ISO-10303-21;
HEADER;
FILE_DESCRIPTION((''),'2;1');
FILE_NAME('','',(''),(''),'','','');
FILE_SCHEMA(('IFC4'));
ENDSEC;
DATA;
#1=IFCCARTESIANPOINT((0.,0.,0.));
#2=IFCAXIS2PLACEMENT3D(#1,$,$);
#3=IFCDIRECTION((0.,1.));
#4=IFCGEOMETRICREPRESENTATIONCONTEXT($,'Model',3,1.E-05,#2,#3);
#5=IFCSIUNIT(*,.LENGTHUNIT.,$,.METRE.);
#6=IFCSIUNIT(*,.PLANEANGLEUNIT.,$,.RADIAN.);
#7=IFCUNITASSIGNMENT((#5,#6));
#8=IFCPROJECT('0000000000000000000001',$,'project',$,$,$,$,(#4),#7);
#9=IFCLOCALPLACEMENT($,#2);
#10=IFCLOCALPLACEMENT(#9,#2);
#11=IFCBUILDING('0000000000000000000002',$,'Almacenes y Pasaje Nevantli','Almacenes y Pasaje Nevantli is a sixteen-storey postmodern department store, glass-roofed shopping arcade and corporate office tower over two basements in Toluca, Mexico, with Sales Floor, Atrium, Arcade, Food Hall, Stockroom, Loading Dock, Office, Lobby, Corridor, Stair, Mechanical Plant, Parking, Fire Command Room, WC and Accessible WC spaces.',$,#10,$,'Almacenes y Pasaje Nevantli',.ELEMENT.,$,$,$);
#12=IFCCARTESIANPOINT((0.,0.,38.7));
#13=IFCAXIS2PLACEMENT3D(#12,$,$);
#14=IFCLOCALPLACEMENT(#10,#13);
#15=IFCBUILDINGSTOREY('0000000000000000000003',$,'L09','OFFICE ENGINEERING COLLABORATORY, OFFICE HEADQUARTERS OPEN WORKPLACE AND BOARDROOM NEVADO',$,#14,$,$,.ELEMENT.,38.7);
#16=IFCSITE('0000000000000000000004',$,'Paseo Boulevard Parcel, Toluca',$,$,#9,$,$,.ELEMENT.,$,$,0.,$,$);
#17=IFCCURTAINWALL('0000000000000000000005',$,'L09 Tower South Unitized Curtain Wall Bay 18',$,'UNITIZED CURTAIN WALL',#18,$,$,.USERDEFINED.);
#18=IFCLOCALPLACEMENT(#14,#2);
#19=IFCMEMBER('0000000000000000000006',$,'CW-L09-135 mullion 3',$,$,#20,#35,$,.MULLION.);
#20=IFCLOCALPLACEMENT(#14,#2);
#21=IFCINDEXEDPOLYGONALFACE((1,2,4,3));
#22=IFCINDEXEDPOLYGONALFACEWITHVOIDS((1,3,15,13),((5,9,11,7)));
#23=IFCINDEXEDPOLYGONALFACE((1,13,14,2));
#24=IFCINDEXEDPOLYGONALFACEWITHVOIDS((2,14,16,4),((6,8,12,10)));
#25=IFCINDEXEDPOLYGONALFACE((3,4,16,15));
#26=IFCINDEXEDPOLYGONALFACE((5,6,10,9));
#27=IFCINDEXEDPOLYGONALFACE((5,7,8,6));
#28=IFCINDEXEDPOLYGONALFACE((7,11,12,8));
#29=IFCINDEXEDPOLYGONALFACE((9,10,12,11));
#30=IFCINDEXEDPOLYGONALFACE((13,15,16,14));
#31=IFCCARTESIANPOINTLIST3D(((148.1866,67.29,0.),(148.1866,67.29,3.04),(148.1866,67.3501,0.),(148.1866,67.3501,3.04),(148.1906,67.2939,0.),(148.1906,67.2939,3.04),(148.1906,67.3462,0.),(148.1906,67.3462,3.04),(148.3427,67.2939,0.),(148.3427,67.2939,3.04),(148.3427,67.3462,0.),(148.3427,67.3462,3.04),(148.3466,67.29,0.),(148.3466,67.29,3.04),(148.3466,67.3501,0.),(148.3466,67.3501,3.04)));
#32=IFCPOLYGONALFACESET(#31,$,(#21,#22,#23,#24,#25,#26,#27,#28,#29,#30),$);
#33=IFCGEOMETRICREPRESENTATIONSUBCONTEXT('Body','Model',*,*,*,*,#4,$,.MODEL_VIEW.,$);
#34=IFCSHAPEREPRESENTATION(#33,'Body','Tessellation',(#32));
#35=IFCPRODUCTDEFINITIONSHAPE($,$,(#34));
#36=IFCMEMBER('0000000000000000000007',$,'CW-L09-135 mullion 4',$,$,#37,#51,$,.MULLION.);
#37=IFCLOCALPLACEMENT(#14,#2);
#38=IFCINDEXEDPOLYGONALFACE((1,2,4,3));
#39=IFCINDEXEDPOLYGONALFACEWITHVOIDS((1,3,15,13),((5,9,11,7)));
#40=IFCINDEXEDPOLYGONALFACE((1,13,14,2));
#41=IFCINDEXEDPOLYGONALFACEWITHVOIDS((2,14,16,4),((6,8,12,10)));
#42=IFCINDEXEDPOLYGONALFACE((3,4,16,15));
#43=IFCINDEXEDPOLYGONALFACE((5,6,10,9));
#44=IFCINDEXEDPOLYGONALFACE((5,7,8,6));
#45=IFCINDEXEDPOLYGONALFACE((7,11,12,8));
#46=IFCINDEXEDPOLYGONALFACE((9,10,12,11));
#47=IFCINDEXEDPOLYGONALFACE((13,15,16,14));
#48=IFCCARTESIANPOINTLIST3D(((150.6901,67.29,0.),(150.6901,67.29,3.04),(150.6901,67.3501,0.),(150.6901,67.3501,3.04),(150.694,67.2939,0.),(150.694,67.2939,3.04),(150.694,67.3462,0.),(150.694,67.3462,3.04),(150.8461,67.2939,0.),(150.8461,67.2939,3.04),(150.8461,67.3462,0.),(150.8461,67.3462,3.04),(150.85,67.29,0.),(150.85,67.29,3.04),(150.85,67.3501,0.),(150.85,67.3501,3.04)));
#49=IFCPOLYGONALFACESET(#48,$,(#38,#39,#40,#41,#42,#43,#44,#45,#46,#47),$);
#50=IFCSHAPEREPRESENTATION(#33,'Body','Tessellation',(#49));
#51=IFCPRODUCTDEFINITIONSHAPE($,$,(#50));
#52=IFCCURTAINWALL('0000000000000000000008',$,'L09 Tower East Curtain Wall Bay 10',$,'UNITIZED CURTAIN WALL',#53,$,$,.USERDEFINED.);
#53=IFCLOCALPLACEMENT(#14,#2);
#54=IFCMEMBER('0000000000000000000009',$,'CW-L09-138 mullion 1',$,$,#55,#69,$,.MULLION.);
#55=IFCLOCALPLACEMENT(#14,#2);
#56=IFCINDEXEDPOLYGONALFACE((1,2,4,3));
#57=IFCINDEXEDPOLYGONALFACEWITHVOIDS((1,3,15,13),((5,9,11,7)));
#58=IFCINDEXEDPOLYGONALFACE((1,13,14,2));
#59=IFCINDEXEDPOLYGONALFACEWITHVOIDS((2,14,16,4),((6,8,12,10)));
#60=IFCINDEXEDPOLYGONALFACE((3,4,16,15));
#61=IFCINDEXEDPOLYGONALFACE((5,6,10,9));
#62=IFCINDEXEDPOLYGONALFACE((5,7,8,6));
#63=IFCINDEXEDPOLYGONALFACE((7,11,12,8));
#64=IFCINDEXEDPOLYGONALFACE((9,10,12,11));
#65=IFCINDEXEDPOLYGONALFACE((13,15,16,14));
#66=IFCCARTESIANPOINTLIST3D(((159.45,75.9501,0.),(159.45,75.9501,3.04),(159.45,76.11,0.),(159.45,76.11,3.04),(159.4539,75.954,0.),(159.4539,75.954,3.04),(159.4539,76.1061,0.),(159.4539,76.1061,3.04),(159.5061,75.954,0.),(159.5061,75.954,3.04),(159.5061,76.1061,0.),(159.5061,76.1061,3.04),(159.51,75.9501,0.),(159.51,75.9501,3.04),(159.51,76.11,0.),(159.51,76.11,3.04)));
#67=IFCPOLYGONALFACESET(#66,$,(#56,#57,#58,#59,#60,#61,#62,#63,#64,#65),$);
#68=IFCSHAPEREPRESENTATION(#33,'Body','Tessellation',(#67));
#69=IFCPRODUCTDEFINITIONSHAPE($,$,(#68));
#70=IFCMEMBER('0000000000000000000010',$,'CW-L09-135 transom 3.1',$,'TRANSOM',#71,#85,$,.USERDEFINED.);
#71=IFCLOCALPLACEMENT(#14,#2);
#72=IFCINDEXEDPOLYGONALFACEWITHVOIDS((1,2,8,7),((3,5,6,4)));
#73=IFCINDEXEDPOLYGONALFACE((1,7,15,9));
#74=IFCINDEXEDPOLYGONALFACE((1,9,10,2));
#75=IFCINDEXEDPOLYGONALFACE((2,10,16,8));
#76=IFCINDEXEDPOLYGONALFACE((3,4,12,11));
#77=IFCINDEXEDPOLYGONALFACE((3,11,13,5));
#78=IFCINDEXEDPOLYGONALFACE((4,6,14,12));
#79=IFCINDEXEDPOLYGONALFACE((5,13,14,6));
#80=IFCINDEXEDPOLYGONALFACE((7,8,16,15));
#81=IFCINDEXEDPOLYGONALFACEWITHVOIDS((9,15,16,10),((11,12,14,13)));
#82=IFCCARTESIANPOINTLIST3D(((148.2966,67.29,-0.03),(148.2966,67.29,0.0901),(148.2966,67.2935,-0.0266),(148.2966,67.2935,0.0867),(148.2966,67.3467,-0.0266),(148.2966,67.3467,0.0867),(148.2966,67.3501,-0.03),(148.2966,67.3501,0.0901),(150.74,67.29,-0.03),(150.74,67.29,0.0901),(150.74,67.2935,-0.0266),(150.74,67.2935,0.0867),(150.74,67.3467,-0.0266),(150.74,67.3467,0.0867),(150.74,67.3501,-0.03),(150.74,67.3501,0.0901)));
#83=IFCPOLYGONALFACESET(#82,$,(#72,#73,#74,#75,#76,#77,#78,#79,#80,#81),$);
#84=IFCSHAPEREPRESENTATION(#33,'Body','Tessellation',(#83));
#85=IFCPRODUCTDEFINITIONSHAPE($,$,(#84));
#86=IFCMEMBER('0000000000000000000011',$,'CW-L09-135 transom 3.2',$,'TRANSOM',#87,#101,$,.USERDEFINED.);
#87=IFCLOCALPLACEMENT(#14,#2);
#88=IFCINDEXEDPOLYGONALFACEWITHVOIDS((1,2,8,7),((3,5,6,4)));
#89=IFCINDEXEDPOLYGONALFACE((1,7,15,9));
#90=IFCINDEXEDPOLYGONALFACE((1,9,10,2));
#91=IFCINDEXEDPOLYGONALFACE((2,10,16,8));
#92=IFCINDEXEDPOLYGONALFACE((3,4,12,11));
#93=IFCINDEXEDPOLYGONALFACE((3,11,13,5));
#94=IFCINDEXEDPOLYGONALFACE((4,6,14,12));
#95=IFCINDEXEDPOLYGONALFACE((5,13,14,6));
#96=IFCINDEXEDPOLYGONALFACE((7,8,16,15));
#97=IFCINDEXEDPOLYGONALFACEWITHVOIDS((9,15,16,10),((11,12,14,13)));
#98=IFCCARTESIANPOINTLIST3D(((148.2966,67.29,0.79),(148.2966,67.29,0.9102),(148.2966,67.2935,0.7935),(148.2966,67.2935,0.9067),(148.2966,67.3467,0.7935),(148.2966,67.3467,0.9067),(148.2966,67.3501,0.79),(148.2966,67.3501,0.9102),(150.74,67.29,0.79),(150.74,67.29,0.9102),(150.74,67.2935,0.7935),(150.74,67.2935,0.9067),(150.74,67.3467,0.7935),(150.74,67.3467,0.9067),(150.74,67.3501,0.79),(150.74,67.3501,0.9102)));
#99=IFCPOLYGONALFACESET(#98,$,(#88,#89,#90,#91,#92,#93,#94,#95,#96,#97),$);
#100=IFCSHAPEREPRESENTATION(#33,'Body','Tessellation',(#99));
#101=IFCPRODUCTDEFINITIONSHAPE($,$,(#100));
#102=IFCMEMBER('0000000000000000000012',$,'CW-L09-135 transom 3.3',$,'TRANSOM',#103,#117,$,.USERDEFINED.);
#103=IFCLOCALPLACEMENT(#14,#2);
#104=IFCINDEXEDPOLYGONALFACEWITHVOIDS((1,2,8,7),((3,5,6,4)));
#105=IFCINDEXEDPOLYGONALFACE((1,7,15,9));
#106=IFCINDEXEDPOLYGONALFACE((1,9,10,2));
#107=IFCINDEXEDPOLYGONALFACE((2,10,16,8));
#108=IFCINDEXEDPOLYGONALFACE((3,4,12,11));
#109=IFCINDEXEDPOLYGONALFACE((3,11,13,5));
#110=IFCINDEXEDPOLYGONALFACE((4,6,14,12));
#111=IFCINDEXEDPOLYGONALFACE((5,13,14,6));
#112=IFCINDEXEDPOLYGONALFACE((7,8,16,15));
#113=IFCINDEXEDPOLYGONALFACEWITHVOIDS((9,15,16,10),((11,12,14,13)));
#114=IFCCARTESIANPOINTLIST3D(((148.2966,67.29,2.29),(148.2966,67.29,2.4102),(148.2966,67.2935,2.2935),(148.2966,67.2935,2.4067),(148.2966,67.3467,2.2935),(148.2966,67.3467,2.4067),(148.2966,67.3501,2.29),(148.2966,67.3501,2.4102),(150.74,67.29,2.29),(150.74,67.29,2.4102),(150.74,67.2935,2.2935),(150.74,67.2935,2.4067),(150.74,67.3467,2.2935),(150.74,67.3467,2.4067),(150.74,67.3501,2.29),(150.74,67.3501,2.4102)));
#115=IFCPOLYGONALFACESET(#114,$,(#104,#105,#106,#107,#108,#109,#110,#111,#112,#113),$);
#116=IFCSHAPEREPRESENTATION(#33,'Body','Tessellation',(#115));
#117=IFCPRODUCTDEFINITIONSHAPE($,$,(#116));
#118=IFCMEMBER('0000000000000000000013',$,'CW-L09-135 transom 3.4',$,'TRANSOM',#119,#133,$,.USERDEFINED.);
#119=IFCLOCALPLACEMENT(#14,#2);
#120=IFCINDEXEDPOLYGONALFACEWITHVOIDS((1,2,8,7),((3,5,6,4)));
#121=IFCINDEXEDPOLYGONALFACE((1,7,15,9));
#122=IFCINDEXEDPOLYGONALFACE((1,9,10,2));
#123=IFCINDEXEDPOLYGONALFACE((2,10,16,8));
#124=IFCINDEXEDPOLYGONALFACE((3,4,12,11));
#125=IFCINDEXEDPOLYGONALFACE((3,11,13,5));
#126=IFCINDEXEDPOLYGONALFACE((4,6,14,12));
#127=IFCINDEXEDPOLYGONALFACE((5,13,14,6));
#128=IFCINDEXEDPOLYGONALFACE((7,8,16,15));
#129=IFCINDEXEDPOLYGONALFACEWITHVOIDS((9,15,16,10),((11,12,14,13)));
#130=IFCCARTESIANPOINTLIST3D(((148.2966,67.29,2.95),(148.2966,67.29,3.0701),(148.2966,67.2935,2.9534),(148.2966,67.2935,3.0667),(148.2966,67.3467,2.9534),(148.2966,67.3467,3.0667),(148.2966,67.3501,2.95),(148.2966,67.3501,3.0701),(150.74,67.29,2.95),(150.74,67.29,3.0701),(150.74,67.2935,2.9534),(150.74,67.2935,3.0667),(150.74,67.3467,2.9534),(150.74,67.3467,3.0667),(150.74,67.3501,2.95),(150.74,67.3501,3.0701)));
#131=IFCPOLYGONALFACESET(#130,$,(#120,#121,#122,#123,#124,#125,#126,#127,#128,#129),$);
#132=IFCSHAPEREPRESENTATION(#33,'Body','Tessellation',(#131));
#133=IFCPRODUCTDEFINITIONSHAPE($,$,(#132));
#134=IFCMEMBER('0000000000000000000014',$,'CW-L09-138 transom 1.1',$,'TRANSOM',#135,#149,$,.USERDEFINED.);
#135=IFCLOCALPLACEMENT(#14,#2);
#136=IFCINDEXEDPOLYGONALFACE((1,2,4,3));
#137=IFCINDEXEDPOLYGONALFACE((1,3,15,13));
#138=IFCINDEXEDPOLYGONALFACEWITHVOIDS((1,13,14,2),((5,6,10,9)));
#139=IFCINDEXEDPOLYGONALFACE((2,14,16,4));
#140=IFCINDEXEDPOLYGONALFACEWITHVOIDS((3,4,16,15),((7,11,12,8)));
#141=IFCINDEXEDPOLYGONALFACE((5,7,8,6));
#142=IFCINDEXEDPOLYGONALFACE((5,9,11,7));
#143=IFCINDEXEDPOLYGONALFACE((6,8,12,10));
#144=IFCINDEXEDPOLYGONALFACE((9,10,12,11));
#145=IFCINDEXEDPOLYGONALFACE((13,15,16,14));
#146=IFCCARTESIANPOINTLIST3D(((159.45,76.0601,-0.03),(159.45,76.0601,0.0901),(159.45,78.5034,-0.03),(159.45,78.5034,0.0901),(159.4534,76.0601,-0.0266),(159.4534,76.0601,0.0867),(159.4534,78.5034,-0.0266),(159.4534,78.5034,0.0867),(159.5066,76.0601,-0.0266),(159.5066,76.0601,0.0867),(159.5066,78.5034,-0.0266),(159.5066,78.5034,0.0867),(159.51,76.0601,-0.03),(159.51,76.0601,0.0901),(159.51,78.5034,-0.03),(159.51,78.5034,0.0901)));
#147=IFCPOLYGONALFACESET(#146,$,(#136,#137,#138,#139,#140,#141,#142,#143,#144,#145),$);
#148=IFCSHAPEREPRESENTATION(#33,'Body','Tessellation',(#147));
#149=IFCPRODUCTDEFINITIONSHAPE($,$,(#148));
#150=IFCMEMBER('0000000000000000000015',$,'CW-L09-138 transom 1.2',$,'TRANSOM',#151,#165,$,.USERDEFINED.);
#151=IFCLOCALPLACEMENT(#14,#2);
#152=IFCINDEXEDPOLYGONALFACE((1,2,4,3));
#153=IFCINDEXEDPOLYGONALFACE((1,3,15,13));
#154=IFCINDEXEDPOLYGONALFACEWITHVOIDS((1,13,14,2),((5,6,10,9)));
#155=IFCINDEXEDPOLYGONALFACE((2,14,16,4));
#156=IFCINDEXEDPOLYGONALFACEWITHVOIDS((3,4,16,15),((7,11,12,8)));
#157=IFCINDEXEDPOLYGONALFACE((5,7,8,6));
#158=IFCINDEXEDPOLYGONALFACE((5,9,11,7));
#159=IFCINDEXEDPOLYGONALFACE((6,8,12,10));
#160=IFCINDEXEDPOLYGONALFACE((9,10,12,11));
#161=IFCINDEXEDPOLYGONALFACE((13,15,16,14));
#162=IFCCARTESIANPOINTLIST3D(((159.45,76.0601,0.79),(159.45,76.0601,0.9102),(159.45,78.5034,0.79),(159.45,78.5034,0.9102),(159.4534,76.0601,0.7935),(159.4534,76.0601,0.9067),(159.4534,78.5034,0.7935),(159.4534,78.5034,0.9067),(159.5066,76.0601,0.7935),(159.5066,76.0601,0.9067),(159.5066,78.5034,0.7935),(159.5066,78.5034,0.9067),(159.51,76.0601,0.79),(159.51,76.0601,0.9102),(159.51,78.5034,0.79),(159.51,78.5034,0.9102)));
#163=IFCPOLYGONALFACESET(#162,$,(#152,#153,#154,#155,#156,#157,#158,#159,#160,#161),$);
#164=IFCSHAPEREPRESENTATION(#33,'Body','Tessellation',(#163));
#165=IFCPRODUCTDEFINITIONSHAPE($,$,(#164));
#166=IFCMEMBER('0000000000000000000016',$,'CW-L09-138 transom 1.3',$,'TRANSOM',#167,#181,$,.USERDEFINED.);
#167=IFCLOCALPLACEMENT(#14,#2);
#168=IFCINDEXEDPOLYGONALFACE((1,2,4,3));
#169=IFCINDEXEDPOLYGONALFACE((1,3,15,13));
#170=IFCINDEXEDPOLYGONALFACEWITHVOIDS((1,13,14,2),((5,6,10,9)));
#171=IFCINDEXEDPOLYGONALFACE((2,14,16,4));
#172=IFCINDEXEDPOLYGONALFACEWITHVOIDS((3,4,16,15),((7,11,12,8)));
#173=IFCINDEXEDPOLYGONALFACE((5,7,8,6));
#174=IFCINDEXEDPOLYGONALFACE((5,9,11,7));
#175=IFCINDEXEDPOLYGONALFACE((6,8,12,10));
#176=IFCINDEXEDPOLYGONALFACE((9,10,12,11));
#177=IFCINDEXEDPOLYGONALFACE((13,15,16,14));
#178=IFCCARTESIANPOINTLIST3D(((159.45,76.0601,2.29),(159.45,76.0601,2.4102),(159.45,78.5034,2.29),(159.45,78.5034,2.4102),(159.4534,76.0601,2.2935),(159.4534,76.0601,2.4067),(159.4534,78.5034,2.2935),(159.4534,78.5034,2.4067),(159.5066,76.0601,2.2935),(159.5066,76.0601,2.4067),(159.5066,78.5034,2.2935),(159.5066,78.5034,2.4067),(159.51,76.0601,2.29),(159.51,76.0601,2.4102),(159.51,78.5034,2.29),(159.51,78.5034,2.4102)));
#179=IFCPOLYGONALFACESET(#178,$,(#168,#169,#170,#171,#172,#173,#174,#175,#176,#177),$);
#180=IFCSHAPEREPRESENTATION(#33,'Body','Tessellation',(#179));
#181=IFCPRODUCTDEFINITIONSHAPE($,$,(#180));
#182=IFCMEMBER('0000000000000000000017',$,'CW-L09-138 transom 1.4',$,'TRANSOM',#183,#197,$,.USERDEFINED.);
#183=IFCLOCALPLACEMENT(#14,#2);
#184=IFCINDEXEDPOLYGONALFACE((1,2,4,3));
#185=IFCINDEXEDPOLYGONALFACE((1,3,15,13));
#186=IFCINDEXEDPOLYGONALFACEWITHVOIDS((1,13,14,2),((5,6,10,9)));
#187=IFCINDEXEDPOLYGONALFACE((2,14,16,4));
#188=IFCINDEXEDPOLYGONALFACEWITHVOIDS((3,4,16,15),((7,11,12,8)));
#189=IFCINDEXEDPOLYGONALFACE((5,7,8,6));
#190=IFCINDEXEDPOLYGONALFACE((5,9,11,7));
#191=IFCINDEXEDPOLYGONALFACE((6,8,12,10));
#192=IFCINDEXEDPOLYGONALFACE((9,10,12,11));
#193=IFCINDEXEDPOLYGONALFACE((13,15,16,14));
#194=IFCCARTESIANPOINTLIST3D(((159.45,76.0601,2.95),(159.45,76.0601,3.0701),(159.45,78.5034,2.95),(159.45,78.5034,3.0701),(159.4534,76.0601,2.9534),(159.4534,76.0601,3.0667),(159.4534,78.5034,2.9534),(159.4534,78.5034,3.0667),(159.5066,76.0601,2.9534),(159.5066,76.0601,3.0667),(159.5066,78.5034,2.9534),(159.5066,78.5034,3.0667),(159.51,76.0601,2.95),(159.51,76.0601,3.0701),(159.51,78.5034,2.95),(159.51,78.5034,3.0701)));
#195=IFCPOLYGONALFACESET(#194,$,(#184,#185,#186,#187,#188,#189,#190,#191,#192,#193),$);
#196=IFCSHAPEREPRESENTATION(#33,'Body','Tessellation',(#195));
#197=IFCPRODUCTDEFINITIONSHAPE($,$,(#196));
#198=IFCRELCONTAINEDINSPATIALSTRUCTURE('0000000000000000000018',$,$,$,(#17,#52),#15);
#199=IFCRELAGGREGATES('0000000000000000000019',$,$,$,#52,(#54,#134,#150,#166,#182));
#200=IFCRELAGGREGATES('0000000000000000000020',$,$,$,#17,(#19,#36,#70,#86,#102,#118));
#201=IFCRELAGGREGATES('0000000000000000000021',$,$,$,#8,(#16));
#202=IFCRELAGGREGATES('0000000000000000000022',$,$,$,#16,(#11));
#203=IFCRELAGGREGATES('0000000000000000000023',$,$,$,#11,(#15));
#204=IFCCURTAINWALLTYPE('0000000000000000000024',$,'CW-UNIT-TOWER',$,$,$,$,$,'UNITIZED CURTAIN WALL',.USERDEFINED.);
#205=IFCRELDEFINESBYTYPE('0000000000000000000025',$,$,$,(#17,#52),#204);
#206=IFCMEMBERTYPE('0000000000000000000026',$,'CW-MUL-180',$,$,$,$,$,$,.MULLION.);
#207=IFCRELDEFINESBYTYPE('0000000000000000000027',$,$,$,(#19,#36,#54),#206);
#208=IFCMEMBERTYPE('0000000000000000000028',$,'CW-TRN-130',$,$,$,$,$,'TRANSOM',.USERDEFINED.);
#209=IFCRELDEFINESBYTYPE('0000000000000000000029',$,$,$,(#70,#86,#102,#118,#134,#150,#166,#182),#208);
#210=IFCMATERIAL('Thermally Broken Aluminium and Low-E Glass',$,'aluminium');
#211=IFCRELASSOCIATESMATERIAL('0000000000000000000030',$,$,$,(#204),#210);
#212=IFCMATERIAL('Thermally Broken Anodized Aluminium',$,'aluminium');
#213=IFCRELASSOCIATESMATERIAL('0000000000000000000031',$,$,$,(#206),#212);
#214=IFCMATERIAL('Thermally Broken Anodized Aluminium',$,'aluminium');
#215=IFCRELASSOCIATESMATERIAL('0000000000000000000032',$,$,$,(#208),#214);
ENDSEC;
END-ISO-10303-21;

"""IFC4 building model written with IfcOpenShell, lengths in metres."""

from ifc_helpers import new_model, si_unit, direction, frame, origin, origin_2d, place, context, subcontext, project, spatial, hollow_rectangle, extrude, material, material_profile, profile_set, type_object, element, aggregate, save


model = new_model("IFC4")

# Units and contexts
model_context = context("Model", 3, precision=1e-05, world=origin(), true_north=direction((0.0, 1.0)))
body_context = subcontext(model_context, "Body", "Model", "MODEL_VIEW")
ifc_project = project(units=[si_unit("LENGTHUNIT", "METRE"), si_unit("PLANEANGLEUNIT", "RADIAN")], contexts=[model_context])

# Site, building, storey
site_placement = place(None, origin())
site = spatial("IfcSite", under=ifc_project, at=site_placement, Name="Paseo Boulevard Parcel, Toluca", CompositionType="ELEMENT", RefElevation=0.0)
building_placement = place(site_placement, origin())
building = spatial("IfcBuilding", under=site, at=building_placement, Name="Almacenes y Pasaje Nevantli", Description="Almacenes y Pasaje Nevantli is a sixteen-storey postmodern department store, glass-roofed shopping arcade and corporate office tower over two basements in Toluca, Mexico, with Sales Floor, Atrium, Arcade, Food Hall, Stockroom, Loading Dock, Office, Lobby, Corridor, Stair, Mechanical Plant, Parking, Fire Command Room, WC and Accessible WC spaces.", LongName="Almacenes y Pasaje Nevantli", CompositionType="ELEMENT")
storey_placement = place(building_placement, frame((0.0, 0.0, 38.7)))
storey = spatial("IfcBuildingStorey", under=building, at=storey_placement, Name="L09", Description="OFFICE ENGINEERING COLLABORATORY, OFFICE HEADQUARTERS OPEN WORKPLACE AND BOARDROOM NEVADO", CompositionType="ELEMENT", Elevation=38.7)

# Curtain wall, members
ifc_material_1 = material(Name="Thermally Broken Aluminium and Low-E Glass", Category="aluminium")
curtain_wall_type = type_object("IfcCurtainWallType", Name="CW-UNIT-TOWER", ElementType="UNITIZED CURTAIN WALL", PredefinedType="USERDEFINED", material=ifc_material_1)
curtain_wall_1_placement = place(storey_placement, origin())
curtain_wall_1 = element("IfcCurtainWall", 1, at=curtain_wall_1_placement, inside=storey, type_object=curtain_wall_type, Name="L09 Tower South Unitized Curtain Wall Bay 18", ObjectType="UNITIZED CURTAIN WALL", PredefinedType="USERDEFINED")
ifc_material_2 = material(Name="Thermally Broken Anodized Aluminium", Category="aluminium")
ifc_material_profile_1 = material_profile(ifc_material_2, hollow_rectangle(XDim=0.0601, YDim=0.1599, WallThickness=0.0039, at=origin_2d()), Name="ALU-MUL-60x160")
ifc_profile_set_1 = profile_set([ifc_material_profile_1], Name="Thermally Broken Anodized Aluminium")
member_type_1 = type_object("IfcMemberType", Name="CW-MUL-180", PredefinedType="MULLION", material=ifc_profile_set_1)
member_1_placement = place(storey_placement, frame((148.2666, 67.3201, 0.0), z_axis=(0.0, 0.0, 1.0), x_axis=(0.0, 1.0, 0.0)))
member_1 = element("IfcMember", 2, at=member_1_placement, type_object=member_type_1, Name="CW-L09-135 mullion 3", PredefinedType="MULLION", context=body_context, shape_type="SweptSolid", body=[
    extrude(hollow_rectangle(XDim=0.0601, YDim=0.1599, WallThickness=0.0039, at=origin_2d()), origin(), (0.0, 0.0, 1.0), 3.04),
])
member_2_placement = place(storey_placement, frame((150.77, 67.3201, 0.0), z_axis=(0.0, 0.0, 1.0), x_axis=(0.0, 1.0, 0.0)))
member_2 = element("IfcMember", 3, at=member_2_placement, type_object=member_type_1, Name="CW-L09-135 mullion 4", PredefinedType="MULLION", context=body_context, shape_type="SweptSolid", body=[
    extrude(hollow_rectangle(XDim=0.0601, YDim=0.1599, WallThickness=0.0039, at=origin_2d()), origin(), (0.0, 0.0, 1.0), 3.04),
])

# Curtain wall, member
curtain_wall_2_placement = place(storey_placement, origin())
curtain_wall_2 = element("IfcCurtainWall", 4, at=curtain_wall_2_placement, inside=storey, type_object=curtain_wall_type, Name="L09 Tower East Curtain Wall Bay 10", ObjectType="UNITIZED CURTAIN WALL", PredefinedType="USERDEFINED")
member_3_placement = place(storey_placement, frame((159.48, 76.03, 0.0), z_axis=(0.0, 0.0, 1.0), x_axis=(-1.0, 0.0, 0.0)))
member_3 = element("IfcMember", 5, at=member_3_placement, type_object=member_type_1, Name="CW-L09-138 mullion 1", PredefinedType="MULLION", context=body_context, shape_type="SweptSolid", body=[
    extrude(hollow_rectangle(XDim=0.0601, YDim=0.1599, WallThickness=0.0039, at=origin_2d()), origin(), (0.0, 0.0, 1.0), 3.04),
])

# Members
ifc_material_3 = material(Name="Thermally Broken Anodized Aluminium", Category="aluminium")
ifc_material_profile_2 = material_profile(ifc_material_3, hollow_rectangle(XDim=0.0601, YDim=0.1201, WallThickness=0.0034, at=origin_2d()), Name="ALU-TRN-60x120")
ifc_profile_set_2 = profile_set([ifc_material_profile_2], Name="Thermally Broken Anodized Aluminium")
member_type_2 = type_object("IfcMemberType", Name="CW-TRN-130", ElementType="TRANSOM", PredefinedType="USERDEFINED", material=ifc_profile_set_2)
member_4_placement = place(storey_placement, frame((148.2966, 67.3201, 0.03), z_axis=(1.0, 0.0, 0.0), x_axis=(0.0, 1.0, 0.0)))
member_4 = element("IfcMember", 6, at=member_4_placement, type_object=member_type_2, Name="CW-L09-135 transom 3.1", ObjectType="TRANSOM", PredefinedType="USERDEFINED", context=body_context, shape_type="SweptSolid", body=[
    extrude(hollow_rectangle(XDim=0.0601, YDim=0.1201, WallThickness=0.0034, at=origin_2d()), origin(), (0.0, 0.0, 1.0), 2.4434),
])
member_5_placement = place(storey_placement, frame((148.2966, 67.3201, 0.8501), z_axis=(1.0, 0.0, 0.0), x_axis=(0.0, 1.0, 0.0)))
member_5 = element("IfcMember", 7, at=member_5_placement, type_object=member_type_2, Name="CW-L09-135 transom 3.2", ObjectType="TRANSOM", PredefinedType="USERDEFINED", context=body_context, shape_type="SweptSolid", body=[
    extrude(hollow_rectangle(XDim=0.0601, YDim=0.1201, WallThickness=0.0034, at=origin_2d()), origin(), (0.0, 0.0, 1.0), 2.4434),
])
member_6_placement = place(storey_placement, frame((148.2966, 67.3201, 2.3501), z_axis=(1.0, 0.0, 0.0), x_axis=(0.0, 1.0, 0.0)))
member_6 = element("IfcMember", 8, at=member_6_placement, type_object=member_type_2, Name="CW-L09-135 transom 3.3", ObjectType="TRANSOM", PredefinedType="USERDEFINED", context=body_context, shape_type="SweptSolid", body=[
    extrude(hollow_rectangle(XDim=0.0601, YDim=0.1201, WallThickness=0.0034, at=origin_2d()), origin(), (0.0, 0.0, 1.0), 2.4434),
])
member_7_placement = place(storey_placement, frame((148.2966, 67.3201, 3.01), z_axis=(1.0, 0.0, 0.0), x_axis=(0.0, 1.0, 0.0)))
member_7 = element("IfcMember", 9, at=member_7_placement, type_object=member_type_2, Name="CW-L09-135 transom 3.4", ObjectType="TRANSOM", PredefinedType="USERDEFINED", context=body_context, shape_type="SweptSolid", body=[
    extrude(hollow_rectangle(XDim=0.0601, YDim=0.1201, WallThickness=0.0034, at=origin_2d()), origin(), (0.0, 0.0, 1.0), 2.4434),
])
member_8_placement = place(storey_placement, frame((159.48, 76.0601, 0.03), z_axis=(0.0, 1.0, 0.0), x_axis=(-1.0, 0.0, 0.0)))
member_8 = element("IfcMember", 10, at=member_8_placement, type_object=member_type_2, Name="CW-L09-138 transom 1.1", ObjectType="TRANSOM", PredefinedType="USERDEFINED", context=body_context, shape_type="SweptSolid", body=[
    extrude(hollow_rectangle(XDim=0.0601, YDim=0.1201, WallThickness=0.0034, at=origin_2d()), origin(), (0.0, 0.0, 1.0), 2.4434),
])
member_9_placement = place(storey_placement, frame((159.48, 76.0601, 0.8501), z_axis=(0.0, 1.0, 0.0), x_axis=(-1.0, 0.0, 0.0)))
member_9 = element("IfcMember", 11, at=member_9_placement, type_object=member_type_2, Name="CW-L09-138 transom 1.2", ObjectType="TRANSOM", PredefinedType="USERDEFINED", context=body_context, shape_type="SweptSolid", body=[
    extrude(hollow_rectangle(XDim=0.0601, YDim=0.1201, WallThickness=0.0034, at=origin_2d()), origin(), (0.0, 0.0, 1.0), 2.4434),
])
member_10_placement = place(storey_placement, frame((159.48, 76.0601, 2.3501), z_axis=(0.0, 1.0, 0.0), x_axis=(-1.0, 0.0, 0.0)))
member_10 = element("IfcMember", 12, at=member_10_placement, type_object=member_type_2, Name="CW-L09-138 transom 1.3", ObjectType="TRANSOM", PredefinedType="USERDEFINED", context=body_context, shape_type="SweptSolid", body=[
    extrude(hollow_rectangle(XDim=0.0601, YDim=0.1201, WallThickness=0.0034, at=origin_2d()), origin(), (0.0, 0.0, 1.0), 2.4434),
])
member_11_placement = place(storey_placement, frame((159.48, 76.0601, 3.01), z_axis=(0.0, 1.0, 0.0), x_axis=(-1.0, 0.0, 0.0)))
member_11 = element("IfcMember", 13, at=member_11_placement, type_object=member_type_2, Name="CW-L09-138 transom 1.4", ObjectType="TRANSOM", PredefinedType="USERDEFINED", context=body_context, shape_type="SweptSolid", body=[
    extrude(hollow_rectangle(XDim=0.0601, YDim=0.1201, WallThickness=0.0034, at=origin_2d()), origin(), (0.0, 0.0, 1.0), 2.4434),
])
aggregate(curtain_wall_2, [member_3, member_8, member_9, member_10, member_11])

aggregate(curtain_wall_1, [member_1, member_2, member_4, member_5, member_6, member_7])

save(model, "model.ifc")
